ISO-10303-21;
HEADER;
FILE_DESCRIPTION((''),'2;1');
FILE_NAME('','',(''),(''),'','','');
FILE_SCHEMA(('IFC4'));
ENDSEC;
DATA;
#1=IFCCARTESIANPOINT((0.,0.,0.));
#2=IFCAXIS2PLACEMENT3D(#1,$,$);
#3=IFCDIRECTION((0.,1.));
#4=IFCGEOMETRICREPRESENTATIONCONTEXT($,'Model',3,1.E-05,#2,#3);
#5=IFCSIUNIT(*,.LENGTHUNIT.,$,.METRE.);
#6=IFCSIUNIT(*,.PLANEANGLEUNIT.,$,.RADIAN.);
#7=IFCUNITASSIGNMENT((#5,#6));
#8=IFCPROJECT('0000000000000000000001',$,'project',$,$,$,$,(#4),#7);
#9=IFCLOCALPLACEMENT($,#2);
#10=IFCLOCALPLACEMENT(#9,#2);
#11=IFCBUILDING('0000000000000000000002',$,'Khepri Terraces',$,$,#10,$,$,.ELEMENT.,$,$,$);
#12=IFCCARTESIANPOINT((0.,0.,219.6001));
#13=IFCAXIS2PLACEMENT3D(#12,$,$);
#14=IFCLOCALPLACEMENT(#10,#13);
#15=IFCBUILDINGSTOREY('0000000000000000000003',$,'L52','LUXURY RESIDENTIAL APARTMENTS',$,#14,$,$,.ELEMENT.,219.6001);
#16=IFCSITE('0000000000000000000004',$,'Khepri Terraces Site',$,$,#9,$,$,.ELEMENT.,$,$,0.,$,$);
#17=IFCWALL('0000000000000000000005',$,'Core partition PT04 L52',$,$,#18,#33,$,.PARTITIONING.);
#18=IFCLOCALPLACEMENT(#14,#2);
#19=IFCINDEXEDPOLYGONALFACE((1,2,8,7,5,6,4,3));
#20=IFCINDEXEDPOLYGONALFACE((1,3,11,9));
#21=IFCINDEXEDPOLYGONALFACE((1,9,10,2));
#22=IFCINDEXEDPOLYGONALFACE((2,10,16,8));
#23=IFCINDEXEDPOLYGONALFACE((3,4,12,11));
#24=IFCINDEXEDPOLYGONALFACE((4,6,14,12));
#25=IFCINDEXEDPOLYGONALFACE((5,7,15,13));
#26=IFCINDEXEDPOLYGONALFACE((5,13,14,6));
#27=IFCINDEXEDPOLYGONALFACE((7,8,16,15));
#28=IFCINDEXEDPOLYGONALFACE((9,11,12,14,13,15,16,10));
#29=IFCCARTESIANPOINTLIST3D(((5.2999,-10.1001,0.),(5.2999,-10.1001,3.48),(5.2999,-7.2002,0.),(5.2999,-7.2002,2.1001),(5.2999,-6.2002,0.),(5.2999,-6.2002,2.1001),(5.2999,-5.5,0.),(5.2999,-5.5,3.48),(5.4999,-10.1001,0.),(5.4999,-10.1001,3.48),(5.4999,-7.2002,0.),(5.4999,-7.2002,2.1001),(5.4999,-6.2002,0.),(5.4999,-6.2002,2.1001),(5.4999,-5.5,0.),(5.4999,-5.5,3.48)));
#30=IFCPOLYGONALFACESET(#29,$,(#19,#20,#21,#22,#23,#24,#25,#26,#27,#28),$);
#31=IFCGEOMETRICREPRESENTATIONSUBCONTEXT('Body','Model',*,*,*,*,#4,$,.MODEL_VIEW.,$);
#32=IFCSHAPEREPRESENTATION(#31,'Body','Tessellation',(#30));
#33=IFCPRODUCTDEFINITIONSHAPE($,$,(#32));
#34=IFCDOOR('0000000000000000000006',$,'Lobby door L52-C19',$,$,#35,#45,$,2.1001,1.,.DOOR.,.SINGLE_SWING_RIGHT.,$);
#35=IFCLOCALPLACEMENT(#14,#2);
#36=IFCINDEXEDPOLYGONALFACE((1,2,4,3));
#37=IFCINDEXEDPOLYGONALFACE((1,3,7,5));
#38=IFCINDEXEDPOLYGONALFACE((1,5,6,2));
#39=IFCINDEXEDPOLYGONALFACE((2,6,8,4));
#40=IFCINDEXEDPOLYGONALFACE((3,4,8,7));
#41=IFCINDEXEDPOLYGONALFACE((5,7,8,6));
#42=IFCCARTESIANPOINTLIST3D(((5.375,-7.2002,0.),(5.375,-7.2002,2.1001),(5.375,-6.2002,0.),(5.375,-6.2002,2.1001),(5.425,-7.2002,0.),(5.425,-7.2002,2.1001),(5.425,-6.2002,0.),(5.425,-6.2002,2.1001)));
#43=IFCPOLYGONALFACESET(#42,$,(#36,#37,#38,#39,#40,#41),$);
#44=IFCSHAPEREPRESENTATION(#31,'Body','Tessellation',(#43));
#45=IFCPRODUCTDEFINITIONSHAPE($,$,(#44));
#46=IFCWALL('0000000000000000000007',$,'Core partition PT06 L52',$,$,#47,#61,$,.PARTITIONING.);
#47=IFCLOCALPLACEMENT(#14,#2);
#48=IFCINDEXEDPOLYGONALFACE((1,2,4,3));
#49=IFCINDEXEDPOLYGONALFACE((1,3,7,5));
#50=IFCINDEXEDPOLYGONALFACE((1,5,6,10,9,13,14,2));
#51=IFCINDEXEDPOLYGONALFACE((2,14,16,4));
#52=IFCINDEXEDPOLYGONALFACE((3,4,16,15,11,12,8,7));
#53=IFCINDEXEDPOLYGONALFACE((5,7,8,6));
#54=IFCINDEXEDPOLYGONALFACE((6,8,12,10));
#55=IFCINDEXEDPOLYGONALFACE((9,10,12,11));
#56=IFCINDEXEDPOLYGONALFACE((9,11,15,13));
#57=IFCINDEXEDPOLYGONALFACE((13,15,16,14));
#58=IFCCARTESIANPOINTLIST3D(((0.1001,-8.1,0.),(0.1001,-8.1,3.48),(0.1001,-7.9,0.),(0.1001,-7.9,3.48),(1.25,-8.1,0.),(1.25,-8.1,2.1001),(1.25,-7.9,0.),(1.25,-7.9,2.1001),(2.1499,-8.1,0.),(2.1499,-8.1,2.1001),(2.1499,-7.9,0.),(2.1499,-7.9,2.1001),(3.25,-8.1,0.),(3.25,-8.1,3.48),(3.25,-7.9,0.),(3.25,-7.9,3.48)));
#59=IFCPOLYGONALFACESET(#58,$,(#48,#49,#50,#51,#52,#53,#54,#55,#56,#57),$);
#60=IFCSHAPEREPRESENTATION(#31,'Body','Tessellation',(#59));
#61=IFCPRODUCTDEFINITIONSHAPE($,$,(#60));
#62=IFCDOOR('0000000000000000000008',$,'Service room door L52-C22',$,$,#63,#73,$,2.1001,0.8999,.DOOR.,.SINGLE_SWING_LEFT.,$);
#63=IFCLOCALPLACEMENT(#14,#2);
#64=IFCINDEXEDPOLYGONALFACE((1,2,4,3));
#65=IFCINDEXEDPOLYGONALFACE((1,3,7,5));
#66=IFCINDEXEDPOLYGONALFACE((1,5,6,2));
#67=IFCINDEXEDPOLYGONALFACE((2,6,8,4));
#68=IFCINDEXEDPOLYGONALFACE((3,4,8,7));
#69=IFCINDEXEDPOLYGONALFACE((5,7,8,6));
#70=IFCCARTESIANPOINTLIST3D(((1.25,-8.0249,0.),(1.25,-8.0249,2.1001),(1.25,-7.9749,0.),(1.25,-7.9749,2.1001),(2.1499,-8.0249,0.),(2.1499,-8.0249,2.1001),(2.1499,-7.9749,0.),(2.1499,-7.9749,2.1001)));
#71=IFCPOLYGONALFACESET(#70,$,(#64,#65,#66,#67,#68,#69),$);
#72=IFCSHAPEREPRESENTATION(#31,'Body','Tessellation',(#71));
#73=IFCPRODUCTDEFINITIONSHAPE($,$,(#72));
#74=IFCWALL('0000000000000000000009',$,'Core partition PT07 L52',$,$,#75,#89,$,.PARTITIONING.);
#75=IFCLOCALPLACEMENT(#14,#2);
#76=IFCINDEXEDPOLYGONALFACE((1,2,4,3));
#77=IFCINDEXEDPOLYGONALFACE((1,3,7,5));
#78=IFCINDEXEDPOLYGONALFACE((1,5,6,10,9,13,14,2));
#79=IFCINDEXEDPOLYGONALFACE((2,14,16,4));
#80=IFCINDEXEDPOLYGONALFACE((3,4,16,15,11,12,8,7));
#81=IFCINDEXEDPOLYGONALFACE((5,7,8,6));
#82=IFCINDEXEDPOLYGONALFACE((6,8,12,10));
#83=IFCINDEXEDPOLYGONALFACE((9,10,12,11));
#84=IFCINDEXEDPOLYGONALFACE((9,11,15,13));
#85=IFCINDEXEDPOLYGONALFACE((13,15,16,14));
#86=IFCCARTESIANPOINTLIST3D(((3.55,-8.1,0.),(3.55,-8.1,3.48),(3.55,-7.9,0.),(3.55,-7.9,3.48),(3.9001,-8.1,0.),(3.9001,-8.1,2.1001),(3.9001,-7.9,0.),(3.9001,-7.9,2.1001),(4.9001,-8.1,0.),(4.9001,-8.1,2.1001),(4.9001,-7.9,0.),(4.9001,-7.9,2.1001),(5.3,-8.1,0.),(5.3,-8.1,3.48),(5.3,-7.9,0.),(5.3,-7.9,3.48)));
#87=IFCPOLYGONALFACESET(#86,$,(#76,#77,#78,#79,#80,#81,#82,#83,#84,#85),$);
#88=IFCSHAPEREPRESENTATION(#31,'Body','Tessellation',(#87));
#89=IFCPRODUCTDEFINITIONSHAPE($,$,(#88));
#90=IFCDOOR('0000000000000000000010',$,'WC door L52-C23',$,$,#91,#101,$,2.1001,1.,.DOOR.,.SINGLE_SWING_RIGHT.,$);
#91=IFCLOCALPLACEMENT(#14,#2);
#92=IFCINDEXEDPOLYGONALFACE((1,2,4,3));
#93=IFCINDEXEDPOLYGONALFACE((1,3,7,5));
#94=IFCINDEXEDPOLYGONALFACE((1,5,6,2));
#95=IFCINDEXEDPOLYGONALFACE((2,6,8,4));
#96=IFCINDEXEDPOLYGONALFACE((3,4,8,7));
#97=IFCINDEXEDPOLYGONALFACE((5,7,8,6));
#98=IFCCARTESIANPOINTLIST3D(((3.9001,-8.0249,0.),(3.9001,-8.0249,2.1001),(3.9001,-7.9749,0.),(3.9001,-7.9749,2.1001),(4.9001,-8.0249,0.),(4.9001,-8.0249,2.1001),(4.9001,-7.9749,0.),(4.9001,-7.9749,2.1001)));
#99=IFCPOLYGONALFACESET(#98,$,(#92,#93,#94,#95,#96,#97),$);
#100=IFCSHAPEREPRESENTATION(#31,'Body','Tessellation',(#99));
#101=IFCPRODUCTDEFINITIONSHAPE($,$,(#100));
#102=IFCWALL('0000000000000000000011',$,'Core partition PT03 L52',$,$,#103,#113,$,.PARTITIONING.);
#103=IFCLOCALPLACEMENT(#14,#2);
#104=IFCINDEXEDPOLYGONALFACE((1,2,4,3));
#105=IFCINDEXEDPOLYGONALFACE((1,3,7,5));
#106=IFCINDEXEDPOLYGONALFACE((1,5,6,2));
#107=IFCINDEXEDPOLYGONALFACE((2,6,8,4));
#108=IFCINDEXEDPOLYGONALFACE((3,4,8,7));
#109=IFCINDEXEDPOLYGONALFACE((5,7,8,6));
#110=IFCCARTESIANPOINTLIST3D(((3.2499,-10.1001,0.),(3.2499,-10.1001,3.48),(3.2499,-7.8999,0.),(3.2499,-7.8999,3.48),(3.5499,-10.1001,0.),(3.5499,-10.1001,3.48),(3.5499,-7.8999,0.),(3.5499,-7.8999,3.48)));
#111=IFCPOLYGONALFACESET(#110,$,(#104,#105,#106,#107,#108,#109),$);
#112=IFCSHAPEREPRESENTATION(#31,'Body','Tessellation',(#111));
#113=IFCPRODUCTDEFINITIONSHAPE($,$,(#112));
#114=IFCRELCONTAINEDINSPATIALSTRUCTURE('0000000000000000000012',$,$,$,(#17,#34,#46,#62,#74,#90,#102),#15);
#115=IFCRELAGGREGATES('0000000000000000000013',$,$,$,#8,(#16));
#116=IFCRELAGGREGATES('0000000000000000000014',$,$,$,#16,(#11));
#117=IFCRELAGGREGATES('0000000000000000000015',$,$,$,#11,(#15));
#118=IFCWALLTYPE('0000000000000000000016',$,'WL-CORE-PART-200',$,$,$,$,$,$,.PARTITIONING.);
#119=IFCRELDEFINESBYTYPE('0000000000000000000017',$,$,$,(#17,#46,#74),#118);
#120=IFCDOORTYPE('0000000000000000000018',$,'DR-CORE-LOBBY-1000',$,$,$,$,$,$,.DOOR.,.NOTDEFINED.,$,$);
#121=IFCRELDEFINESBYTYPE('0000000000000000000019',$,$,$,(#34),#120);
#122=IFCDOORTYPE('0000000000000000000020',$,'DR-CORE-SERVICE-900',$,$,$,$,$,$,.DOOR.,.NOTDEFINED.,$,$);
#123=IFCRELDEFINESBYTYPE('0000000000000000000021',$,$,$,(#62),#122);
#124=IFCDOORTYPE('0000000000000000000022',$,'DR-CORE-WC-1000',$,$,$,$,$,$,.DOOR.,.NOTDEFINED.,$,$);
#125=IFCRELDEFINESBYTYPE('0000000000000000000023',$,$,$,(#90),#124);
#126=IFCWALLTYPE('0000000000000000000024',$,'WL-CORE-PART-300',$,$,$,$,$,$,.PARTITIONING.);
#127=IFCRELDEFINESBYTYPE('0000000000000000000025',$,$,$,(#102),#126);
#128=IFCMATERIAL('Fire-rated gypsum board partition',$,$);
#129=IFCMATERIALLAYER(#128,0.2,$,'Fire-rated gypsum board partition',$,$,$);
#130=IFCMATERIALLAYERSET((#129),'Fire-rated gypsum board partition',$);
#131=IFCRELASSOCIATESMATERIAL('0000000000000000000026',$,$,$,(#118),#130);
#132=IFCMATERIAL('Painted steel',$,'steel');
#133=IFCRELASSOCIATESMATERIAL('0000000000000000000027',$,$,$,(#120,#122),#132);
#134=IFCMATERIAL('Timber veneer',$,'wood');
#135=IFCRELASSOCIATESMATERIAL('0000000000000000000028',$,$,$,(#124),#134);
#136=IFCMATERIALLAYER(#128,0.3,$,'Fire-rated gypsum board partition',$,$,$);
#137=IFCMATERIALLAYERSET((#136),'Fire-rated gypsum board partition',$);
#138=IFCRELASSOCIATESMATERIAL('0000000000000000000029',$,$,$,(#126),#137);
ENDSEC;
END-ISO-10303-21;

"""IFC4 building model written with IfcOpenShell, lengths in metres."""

from ifc_helpers import new_model, si_unit, direction, frame, frame_2d, origin, place, context, subcontext, project, spatial, rectangle, extrude, material, layer, layer_set, type_object, element, fill, save


model = new_model("IFC4")

# Units and contexts
model_context = context("Model", 3, precision=1e-05, world=origin(), true_north=direction((0.0, 1.0)))
body_context = subcontext(model_context, "Body", "Model", "MODEL_VIEW")
ifc_project = project(units=[si_unit("LENGTHUNIT", "METRE"), si_unit("PLANEANGLEUNIT", "RADIAN")], contexts=[model_context])

# Site, building, storey
site_placement = place(None, origin())
site = spatial("IfcSite", under=ifc_project, at=site_placement, Name="Khepri Terraces Site", CompositionType="ELEMENT", RefElevation=0.0)
building_placement = place(site_placement, origin())
building = spatial("IfcBuilding", under=site, at=building_placement, Name="Khepri Terraces", CompositionType="ELEMENT")
storey_placement = place(building_placement, frame((0.0, 0.0, 219.6001)))
storey = spatial("IfcBuildingStorey", under=building, at=storey_placement, Name="L52", Description="LUXURY RESIDENTIAL APARTMENTS", CompositionType="ELEMENT", Elevation=219.6001)

# Shared definitions
ifc_material_1 = material(Name="Fire-rated gypsum board partition")
ifc_layer_1 = layer(ifc_material_1, 0.2, Name="Fire-rated gypsum board partition")
ifc_layer_set_1 = layer_set([ifc_layer_1], Name="Fire-rated gypsum board partition")
wall_type_1 = type_object("IfcWallType", Name="WL-CORE-PART-200", PredefinedType="PARTITIONING", material=ifc_layer_set_1)

# Walls, openings, doors
wall_1_placement = place(storey_placement, frame((5.3999, -10.1001, 0.0), z_axis=(0.0, 0.0, 1.0), x_axis=(0.0, 1.0, 0.0)))
wall_1 = element("IfcWall", 1, at=wall_1_placement, inside=storey, type_object=wall_type_1, Name="Core partition PT04 L52", PredefinedType="PARTITIONING", context=body_context, shape_type="SweptSolid", body=[
    extrude(rectangle(XDim=4.6001, YDim=0.2, at=frame_2d((2.3, 0.0))), origin(), (0.0, 0.0, 1.0), 3.48),
])
opening_1_placement = place(wall_1_placement, frame((2.8999, 0.0, 0.0)))
opening_1 = element("IfcOpeningElement", 2, at=opening_1_placement, cuts=wall_1, PredefinedType="OPENING", context=body_context, shape_type="SweptSolid", body=[
    extrude(rectangle(XDim=1.0, YDim=2.1001, at=frame_2d((0.5, 1.05))), frame((0.0, 0.1099, 0.0), z_axis=(0.0, -1.0, 0.0), x_axis=(1.0, 0.0, 0.0)), (0.0, 0.0, 1.0), 0.22),
])
ifc_material_2 = material(Name="Painted steel", Category="steel")
door_type_1 = type_object("IfcDoorType", Name="DR-CORE-LOBBY-1000", OperationType="NOTDEFINED", PredefinedType="DOOR", material=ifc_material_2)
door_1_placement = place(opening_1_placement, origin())
door_1 = element("IfcDoor", 3, at=door_1_placement, inside=storey, type_object=door_type_1, Name="Lobby door L52-C19", OperationType="SINGLE_SWING_RIGHT", OverallHeight=2.1001, OverallWidth=1.0, PredefinedType="DOOR", context=body_context, shape_type="SweptSolid", body=[
    extrude(rectangle(XDim=1.0, YDim=2.1001, at=frame_2d((0.5, 1.05))), frame((0.0, 0.0249, 0.0), z_axis=(0.0, -1.0, 0.0), x_axis=(1.0, 0.0, 0.0)), (0.0, 0.0, 1.0), 0.05),
])
fill(opening_1, door_1)
wall_2_placement = place(storey_placement, frame((0.1001, -8.0, 0.0), z_axis=(0.0, 0.0, 1.0), x_axis=(1.0, 0.0, 0.0)))
wall_2 = element("IfcWall", 4, at=wall_2_placement, inside=storey, type_object=wall_type_1, Name="Core partition PT06 L52", PredefinedType="PARTITIONING", context=body_context, shape_type="SweptSolid", body=[
    extrude(rectangle(XDim=3.1499, YDim=0.2, at=frame_2d((1.575, 0.0))), origin(), (0.0, 0.0, 1.0), 3.48),
])
opening_2_placement = place(wall_2_placement, frame((1.1499, 0.0, 0.0)))
opening_2 = element("IfcOpeningElement", 5, at=opening_2_placement, cuts=wall_2, PredefinedType="OPENING", context=body_context, shape_type="SweptSolid", body=[
    extrude(rectangle(XDim=0.8999, YDim=2.1001, at=frame_2d((0.45, 1.05))), frame((0.0, 0.1099, 0.0), z_axis=(0.0, -1.0, 0.0), x_axis=(1.0, 0.0, 0.0)), (0.0, 0.0, 1.0), 0.22),
])
door_type_2 = type_object("IfcDoorType", Name="DR-CORE-SERVICE-900", OperationType="NOTDEFINED", PredefinedType="DOOR", material=ifc_material_2)
door_2_placement = place(opening_2_placement, frame((0.8999, 0.0, 0.0), z_axis=(0.0, 0.0, 1.0), x_axis=(-1.0, 0.0, 0.0)))
door_2 = element("IfcDoor", 6, at=door_2_placement, inside=storey, type_object=door_type_2, Name="Service room door L52-C22", OperationType="SINGLE_SWING_LEFT", OverallHeight=2.1001, OverallWidth=0.8999, PredefinedType="DOOR", context=body_context, shape_type="SweptSolid", body=[
    extrude(rectangle(XDim=0.8999, YDim=2.1001, at=frame_2d((0.45, 1.05))), frame((0.0, 0.0249, 0.0), z_axis=(0.0, -1.0, 0.0), x_axis=(1.0, 0.0, 0.0)), (0.0, 0.0, 1.0), 0.05),
])
fill(opening_2, door_2)
wall_3_placement = place(storey_placement, frame((3.55, -8.0, 0.0), z_axis=(0.0, 0.0, 1.0), x_axis=(1.0, 0.0, 0.0)))
wall_3 = element("IfcWall", 7, at=wall_3_placement, inside=storey, type_object=wall_type_1, Name="Core partition PT07 L52", PredefinedType="PARTITIONING", context=body_context, shape_type="SweptSolid", body=[
    extrude(rectangle(XDim=1.75, YDim=0.2, at=frame_2d((0.875, 0.0))), origin(), (0.0, 0.0, 1.0), 3.48),
])
opening_3_placement = place(wall_3_placement, frame((0.3501, 0.0, 0.0)))
opening_3 = element("IfcOpeningElement", 8, at=opening_3_placement, cuts=wall_3, PredefinedType="OPENING", context=body_context, shape_type="SweptSolid", body=[
    extrude(rectangle(XDim=1.0, YDim=2.1001, at=frame_2d((0.5, 1.05))), frame((0.0, 0.1099, 0.0), z_axis=(0.0, -1.0, 0.0), x_axis=(1.0, 0.0, 0.0)), (0.0, 0.0, 1.0), 0.22),
])
ifc_material_3 = material(Name="Timber veneer", Category="wood")
door_type_3 = type_object("IfcDoorType", Name="DR-CORE-WC-1000", OperationType="NOTDEFINED", PredefinedType="DOOR", material=ifc_material_3)
door_3_placement = place(opening_3_placement, frame((1.0, 0.0, 0.0), z_axis=(0.0, 0.0, 1.0), x_axis=(-1.0, 0.0, 0.0)))
door_3 = element("IfcDoor", 9, at=door_3_placement, inside=storey, type_object=door_type_3, Name="WC door L52-C23", OperationType="SINGLE_SWING_RIGHT", OverallHeight=2.1001, OverallWidth=1.0, PredefinedType="DOOR", context=body_context, shape_type="SweptSolid", body=[
    extrude(rectangle(XDim=1.0, YDim=2.1001, at=frame_2d((0.5, 1.05))), frame((0.0, 0.0249, 0.0), z_axis=(0.0, -1.0, 0.0), x_axis=(1.0, 0.0, 0.0)), (0.0, 0.0, 1.0), 0.05),
])
fill(opening_3, door_3)

# Wall
ifc_layer_2 = layer(ifc_material_1, 0.3, Name="Fire-rated gypsum board partition")
ifc_layer_set_2 = layer_set([ifc_layer_2], Name="Fire-rated gypsum board partition")
wall_type_2 = type_object("IfcWallType", Name="WL-CORE-PART-300", PredefinedType="PARTITIONING", material=ifc_layer_set_2)
wall_4_placement = place(storey_placement, frame((3.3999, -10.1001, 0.0), z_axis=(0.0, 0.0, 1.0), x_axis=(0.0, 1.0, 0.0)))
element("IfcWall", 10, at=wall_4_placement, inside=storey, type_object=wall_type_2, Name="Core partition PT03 L52", PredefinedType="PARTITIONING", context=body_context, shape_type="SweptSolid", body=[
    extrude(rectangle(XDim=2.2002, YDim=0.3, at=frame_2d((1.1001, 0.0))), origin(), (0.0, 0.0, 1.0), 3.48),
])

save(model, "model.ifc")
